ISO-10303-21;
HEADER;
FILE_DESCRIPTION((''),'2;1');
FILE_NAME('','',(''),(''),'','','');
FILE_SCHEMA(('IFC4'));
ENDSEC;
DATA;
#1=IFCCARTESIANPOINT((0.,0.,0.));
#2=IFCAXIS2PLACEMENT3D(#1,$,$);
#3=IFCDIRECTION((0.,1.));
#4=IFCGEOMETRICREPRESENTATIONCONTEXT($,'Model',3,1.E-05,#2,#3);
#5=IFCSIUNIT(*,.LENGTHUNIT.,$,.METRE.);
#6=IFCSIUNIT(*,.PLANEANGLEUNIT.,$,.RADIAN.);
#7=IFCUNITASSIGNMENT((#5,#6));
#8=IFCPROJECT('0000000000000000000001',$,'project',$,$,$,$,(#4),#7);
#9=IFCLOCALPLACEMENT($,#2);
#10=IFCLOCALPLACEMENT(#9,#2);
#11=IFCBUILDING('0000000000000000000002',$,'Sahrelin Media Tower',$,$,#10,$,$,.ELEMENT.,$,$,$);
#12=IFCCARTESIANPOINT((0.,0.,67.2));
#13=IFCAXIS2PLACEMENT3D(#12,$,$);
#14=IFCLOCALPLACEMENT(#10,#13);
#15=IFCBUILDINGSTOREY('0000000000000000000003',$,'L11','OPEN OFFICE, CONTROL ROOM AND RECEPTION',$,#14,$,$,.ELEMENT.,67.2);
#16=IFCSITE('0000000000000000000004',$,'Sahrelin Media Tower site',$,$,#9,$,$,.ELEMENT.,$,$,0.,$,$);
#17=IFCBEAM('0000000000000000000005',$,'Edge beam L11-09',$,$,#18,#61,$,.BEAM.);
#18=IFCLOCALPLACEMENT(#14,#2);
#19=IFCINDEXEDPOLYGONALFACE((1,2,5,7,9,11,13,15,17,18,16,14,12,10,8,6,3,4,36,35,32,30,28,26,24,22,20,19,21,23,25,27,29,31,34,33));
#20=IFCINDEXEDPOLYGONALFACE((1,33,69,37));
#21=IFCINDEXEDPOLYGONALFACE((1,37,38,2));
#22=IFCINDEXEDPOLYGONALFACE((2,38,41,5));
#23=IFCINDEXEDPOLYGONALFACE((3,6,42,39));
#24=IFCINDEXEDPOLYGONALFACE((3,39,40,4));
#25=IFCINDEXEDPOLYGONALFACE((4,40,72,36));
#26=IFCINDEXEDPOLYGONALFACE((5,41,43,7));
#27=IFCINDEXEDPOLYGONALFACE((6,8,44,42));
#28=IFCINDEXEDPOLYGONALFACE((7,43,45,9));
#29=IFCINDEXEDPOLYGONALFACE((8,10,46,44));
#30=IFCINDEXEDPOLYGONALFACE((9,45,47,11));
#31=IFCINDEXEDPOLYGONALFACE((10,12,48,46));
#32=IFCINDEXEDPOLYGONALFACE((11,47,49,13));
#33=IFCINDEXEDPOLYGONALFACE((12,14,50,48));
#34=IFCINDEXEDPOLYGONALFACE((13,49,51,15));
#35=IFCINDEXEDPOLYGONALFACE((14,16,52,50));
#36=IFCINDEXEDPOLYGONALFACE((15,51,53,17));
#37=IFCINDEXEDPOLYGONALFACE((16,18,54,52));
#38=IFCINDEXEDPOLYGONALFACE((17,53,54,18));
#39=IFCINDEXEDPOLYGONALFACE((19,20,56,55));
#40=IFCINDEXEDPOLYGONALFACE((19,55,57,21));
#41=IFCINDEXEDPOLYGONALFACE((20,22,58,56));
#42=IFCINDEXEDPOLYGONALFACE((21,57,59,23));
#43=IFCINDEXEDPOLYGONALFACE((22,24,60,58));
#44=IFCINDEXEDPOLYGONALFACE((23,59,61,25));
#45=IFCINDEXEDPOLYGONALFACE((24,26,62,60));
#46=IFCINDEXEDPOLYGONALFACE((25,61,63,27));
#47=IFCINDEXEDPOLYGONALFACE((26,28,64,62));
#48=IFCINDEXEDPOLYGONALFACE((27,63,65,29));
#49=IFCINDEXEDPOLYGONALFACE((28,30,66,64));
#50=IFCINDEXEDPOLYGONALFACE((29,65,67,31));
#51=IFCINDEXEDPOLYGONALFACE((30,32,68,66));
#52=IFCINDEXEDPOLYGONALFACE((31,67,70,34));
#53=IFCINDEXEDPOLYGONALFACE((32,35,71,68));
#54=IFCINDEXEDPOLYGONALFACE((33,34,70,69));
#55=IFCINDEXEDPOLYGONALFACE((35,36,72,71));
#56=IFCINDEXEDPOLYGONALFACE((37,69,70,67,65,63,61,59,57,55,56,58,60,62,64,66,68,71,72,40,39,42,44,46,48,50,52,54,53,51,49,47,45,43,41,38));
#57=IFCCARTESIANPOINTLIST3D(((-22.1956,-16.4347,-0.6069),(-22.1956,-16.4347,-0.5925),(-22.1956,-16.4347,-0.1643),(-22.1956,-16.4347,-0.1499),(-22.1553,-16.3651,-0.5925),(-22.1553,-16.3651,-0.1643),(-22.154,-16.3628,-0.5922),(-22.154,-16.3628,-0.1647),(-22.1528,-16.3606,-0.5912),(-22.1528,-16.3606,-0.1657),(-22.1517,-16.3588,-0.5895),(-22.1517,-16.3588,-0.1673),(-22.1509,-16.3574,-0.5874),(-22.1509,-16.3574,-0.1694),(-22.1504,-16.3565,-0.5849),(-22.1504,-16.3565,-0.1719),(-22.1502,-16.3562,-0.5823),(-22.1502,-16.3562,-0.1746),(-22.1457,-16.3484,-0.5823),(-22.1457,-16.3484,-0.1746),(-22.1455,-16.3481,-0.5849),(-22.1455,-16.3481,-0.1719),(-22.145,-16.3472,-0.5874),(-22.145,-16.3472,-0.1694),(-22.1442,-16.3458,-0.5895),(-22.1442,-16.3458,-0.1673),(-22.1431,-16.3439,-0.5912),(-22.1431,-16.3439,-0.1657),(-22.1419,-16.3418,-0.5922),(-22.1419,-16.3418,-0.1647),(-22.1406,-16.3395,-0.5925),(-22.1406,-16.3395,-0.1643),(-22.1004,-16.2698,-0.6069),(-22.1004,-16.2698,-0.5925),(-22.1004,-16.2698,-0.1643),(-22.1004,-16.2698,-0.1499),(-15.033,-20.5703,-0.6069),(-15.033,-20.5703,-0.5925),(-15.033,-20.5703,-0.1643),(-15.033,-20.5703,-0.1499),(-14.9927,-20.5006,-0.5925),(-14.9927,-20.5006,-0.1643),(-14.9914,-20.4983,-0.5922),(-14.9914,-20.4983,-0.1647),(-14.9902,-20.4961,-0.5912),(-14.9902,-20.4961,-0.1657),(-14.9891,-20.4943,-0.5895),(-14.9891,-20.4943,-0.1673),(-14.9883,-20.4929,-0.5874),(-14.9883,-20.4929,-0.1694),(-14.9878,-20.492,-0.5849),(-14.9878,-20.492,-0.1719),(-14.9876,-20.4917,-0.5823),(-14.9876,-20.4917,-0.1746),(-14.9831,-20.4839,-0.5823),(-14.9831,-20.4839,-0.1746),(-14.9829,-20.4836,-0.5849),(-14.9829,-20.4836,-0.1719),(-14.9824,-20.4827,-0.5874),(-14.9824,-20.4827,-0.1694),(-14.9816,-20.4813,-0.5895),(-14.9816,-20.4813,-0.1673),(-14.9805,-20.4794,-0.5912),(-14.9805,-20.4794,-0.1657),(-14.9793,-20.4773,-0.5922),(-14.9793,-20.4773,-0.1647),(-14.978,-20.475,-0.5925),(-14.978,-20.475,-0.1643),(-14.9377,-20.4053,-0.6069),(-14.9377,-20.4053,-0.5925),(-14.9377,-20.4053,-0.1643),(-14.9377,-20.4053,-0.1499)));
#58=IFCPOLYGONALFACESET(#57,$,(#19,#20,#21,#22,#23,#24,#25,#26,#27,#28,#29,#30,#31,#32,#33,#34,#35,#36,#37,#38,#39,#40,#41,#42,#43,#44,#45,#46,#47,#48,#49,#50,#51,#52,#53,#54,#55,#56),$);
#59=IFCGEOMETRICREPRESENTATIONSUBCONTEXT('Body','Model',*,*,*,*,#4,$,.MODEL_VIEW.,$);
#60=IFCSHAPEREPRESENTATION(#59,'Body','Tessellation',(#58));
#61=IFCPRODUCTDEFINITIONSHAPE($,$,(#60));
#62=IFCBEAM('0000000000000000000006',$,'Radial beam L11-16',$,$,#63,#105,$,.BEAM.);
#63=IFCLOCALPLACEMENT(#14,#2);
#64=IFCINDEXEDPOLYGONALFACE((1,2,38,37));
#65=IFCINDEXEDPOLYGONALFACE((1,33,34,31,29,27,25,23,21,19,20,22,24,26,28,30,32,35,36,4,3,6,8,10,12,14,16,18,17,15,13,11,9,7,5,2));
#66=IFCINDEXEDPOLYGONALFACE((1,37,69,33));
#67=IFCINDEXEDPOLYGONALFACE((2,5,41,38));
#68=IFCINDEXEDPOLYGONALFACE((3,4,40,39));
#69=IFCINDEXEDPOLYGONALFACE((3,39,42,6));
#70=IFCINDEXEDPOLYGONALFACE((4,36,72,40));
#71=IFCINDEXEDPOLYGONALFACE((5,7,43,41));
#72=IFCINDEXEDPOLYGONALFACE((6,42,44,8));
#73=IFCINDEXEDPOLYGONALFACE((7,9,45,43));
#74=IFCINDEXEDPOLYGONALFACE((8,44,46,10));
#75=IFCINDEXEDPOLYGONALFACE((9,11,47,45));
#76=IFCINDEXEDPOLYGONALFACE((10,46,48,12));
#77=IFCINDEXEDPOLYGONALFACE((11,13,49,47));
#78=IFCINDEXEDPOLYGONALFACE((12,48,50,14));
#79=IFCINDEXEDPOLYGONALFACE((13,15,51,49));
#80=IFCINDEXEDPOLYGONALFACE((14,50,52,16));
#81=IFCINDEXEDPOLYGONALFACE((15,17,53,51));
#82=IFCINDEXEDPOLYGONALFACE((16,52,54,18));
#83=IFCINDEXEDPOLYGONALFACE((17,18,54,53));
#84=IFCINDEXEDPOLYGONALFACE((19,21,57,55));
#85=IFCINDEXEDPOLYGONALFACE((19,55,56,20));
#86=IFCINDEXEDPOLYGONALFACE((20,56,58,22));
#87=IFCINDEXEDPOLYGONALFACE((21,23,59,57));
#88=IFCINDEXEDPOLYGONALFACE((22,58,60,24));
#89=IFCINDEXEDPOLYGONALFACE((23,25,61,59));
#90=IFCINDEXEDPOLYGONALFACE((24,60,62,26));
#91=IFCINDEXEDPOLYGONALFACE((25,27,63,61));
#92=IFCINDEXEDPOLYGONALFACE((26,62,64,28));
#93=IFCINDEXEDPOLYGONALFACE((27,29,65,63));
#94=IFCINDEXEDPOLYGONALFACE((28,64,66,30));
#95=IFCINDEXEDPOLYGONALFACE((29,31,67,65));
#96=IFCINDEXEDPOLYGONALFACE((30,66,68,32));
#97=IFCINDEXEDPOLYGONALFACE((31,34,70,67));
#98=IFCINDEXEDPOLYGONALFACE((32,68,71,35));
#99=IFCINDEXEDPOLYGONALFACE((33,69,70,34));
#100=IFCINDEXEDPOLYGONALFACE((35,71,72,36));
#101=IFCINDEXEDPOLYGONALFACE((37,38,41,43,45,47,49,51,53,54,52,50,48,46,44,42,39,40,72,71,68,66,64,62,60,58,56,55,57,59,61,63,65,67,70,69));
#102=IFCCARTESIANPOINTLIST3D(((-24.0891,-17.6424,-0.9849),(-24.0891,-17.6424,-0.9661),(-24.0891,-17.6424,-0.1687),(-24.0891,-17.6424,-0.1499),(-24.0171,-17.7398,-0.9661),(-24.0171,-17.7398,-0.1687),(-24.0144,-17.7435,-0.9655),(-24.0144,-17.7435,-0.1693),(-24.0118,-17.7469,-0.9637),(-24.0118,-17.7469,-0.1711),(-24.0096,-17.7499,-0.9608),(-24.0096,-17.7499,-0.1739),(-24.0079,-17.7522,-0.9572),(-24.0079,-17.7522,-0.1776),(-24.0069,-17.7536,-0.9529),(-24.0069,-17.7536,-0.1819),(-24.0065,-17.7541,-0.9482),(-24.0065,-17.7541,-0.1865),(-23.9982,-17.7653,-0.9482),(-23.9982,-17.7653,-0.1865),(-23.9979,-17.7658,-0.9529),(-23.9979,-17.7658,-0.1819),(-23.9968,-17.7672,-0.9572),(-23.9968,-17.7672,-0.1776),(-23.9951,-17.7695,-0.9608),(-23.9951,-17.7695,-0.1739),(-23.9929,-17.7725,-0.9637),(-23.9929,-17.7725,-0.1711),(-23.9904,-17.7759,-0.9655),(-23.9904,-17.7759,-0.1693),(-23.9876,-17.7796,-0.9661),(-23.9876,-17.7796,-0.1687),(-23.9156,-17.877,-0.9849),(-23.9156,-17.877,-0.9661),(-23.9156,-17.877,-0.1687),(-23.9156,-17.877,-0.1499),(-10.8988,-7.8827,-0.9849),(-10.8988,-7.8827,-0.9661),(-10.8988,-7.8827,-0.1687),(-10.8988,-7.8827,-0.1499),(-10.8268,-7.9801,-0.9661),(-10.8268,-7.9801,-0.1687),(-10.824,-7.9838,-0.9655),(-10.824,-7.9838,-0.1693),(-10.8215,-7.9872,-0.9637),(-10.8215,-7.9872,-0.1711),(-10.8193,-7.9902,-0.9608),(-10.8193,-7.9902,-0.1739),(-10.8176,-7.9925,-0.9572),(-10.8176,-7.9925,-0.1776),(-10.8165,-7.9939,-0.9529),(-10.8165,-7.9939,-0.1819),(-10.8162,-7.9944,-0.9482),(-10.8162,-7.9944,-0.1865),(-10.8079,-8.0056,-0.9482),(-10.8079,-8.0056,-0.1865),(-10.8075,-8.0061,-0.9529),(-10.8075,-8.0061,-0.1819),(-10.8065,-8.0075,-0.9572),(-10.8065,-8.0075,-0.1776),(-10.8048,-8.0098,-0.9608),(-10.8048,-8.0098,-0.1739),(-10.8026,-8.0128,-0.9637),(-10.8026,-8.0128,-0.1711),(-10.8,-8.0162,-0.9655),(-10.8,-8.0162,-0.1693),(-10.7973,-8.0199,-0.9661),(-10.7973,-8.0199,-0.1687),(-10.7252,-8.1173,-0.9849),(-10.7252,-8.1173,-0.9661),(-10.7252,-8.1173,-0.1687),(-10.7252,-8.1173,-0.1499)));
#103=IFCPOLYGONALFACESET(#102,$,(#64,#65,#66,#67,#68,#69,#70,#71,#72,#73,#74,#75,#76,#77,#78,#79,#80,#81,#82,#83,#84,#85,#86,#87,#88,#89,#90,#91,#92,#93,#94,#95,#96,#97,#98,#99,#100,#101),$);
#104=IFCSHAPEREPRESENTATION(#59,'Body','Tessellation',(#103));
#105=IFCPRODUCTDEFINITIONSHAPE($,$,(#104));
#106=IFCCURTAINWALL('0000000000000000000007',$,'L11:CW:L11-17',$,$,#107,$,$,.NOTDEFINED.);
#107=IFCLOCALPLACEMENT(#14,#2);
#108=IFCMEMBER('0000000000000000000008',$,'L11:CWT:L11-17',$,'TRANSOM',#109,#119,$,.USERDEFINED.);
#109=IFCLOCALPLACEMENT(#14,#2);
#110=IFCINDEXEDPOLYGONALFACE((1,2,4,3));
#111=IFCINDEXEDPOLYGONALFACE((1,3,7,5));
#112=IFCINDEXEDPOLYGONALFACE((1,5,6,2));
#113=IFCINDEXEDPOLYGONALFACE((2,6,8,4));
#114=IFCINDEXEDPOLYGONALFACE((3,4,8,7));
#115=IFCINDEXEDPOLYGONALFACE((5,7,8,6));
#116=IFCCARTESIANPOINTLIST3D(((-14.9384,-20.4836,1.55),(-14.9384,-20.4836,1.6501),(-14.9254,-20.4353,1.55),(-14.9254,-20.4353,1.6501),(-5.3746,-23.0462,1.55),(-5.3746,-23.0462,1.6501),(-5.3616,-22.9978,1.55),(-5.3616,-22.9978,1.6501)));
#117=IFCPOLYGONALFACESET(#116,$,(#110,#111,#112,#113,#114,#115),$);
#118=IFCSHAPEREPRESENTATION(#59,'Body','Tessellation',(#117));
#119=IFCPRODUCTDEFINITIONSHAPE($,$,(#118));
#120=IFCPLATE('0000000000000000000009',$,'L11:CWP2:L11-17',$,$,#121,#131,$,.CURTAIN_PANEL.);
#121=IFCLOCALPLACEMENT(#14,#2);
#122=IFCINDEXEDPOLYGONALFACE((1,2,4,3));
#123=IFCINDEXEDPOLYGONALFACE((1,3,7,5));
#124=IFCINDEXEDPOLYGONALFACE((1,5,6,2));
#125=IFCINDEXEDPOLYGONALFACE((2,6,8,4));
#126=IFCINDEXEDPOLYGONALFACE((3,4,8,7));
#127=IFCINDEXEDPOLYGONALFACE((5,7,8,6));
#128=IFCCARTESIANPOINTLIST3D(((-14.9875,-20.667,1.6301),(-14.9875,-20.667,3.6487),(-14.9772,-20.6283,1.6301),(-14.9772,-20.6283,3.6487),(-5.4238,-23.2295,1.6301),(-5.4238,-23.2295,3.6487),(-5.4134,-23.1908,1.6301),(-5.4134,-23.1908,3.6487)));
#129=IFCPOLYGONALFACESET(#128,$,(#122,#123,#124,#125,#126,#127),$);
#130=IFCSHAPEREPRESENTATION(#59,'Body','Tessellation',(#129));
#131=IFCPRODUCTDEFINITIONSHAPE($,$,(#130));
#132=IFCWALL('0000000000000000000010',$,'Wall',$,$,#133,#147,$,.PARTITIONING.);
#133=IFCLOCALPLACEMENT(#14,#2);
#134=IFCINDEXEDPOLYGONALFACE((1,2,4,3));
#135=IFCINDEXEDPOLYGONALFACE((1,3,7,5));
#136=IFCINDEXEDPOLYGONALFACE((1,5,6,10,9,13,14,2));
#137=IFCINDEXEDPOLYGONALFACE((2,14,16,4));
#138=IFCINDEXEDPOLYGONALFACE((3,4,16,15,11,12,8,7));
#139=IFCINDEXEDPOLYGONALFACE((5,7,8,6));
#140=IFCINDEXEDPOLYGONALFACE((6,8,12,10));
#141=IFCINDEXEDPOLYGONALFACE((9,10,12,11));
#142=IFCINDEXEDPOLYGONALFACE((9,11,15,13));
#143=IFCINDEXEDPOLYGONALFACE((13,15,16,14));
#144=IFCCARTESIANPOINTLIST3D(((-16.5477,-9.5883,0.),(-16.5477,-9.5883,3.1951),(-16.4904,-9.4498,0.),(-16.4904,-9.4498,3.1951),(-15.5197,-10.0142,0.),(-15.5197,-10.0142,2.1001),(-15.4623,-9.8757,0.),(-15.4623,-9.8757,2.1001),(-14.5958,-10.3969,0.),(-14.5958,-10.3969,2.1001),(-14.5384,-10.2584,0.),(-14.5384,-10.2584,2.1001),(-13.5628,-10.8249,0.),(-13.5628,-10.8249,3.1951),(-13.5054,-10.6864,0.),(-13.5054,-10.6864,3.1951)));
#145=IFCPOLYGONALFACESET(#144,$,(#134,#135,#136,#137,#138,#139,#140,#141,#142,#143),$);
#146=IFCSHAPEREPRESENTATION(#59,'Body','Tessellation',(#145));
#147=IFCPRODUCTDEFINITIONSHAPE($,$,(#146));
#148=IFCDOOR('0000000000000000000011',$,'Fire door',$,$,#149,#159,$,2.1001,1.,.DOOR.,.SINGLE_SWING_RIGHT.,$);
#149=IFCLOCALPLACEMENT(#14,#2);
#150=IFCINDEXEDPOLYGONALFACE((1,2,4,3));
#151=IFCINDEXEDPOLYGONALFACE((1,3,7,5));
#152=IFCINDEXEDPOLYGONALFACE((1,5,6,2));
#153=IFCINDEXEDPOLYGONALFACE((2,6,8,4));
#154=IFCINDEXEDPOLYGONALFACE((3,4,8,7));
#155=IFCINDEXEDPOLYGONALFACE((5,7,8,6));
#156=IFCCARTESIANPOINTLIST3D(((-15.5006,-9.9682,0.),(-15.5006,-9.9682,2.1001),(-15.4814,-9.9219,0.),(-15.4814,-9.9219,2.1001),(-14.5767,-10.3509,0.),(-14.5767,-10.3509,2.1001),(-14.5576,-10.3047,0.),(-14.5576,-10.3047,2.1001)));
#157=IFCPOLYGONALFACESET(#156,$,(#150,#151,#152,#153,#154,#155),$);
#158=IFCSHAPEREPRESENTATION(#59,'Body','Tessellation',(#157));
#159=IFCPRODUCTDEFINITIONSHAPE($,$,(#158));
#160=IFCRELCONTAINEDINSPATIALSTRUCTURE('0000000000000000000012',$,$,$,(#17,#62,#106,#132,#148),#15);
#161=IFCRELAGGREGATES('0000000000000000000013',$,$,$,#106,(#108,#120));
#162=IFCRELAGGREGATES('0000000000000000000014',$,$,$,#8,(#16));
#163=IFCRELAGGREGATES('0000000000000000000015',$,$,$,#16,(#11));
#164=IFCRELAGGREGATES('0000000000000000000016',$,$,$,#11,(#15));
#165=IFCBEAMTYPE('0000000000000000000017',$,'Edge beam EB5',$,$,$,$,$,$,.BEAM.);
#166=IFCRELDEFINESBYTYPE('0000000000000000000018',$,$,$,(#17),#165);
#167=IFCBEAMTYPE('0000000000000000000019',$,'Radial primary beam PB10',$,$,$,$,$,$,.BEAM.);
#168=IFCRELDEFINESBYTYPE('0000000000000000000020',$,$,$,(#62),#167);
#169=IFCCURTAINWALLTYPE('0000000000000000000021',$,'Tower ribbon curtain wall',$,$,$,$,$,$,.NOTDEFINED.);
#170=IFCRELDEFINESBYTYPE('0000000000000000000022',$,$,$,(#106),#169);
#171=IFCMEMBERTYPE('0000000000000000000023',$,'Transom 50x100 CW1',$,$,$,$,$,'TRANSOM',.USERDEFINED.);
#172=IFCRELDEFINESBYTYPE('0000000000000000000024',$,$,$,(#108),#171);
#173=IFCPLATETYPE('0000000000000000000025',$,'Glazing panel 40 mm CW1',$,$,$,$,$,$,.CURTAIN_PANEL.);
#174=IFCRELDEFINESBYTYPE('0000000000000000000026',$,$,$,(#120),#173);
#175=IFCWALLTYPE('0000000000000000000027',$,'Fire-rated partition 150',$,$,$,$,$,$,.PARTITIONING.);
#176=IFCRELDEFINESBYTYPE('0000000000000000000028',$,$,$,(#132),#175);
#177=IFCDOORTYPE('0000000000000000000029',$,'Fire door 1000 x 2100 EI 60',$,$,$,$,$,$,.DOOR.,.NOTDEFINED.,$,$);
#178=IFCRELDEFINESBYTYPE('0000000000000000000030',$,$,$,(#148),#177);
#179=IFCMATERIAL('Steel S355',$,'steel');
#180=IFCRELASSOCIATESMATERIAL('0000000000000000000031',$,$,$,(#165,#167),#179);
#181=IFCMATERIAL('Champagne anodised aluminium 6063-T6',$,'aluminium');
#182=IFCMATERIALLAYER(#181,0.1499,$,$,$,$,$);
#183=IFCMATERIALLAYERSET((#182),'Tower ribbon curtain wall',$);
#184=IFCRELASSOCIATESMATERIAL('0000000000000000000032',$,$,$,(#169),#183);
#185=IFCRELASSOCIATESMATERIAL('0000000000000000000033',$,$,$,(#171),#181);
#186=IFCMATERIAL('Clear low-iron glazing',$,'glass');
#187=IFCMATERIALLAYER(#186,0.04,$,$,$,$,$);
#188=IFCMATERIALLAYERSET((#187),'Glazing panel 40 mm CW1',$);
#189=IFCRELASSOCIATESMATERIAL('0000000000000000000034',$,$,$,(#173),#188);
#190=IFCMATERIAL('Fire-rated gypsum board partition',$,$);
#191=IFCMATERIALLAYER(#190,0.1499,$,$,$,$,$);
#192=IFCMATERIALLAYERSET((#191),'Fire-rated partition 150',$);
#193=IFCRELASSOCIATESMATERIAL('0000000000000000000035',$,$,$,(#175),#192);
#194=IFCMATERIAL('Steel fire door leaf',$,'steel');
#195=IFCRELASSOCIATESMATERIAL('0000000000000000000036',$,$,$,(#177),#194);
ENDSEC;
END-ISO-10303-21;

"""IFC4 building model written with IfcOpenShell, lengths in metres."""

from ifc_helpers import new_model, si_unit, direction, frame, frame_2d, origin, origin_2d, place, context, subcontext, project, spatial, polyline, rectangle, i_section, outline, extrude, material, layer, layer_set, material_profile, profile_set, type_object, element, fill, aggregate, save


model = new_model("IFC4")

# Units and contexts
model_context = context("Model", 3, precision=1e-05, world=origin(), true_north=direction((0.0, 1.0)))
body_context = subcontext(model_context, "Body", "Model", "MODEL_VIEW")
ifc_project = project(units=[si_unit("LENGTHUNIT", "METRE"), si_unit("PLANEANGLEUNIT", "RADIAN")], contexts=[model_context])

# Site, building, storey
site_placement = place(None, origin())
site = spatial("IfcSite", under=ifc_project, at=site_placement, Name="Sahrelin Media Tower site", CompositionType="ELEMENT", RefElevation=0.0)
building_placement = place(site_placement, origin())
building = spatial("IfcBuilding", under=site, at=building_placement, Name="Sahrelin Media Tower", CompositionType="ELEMENT")
storey_placement = place(building_placement, frame((0.0, 0.0, 67.2)))
storey = spatial("IfcBuildingStorey", under=building, at=storey_placement, Name="L11", Description="OPEN OFFICE, CONTROL ROOM AND RECEPTION", CompositionType="ELEMENT", Elevation=67.2)

# Beams
ifc_material_1 = material(Name="Steel S355", Category="steel")
ifc_material_profile_1 = material_profile(ifc_material_1, i_section(OverallWidth=0.1904, OverallDepth=0.457, WebThickness=0.009, FlangeThickness=0.0144, FilletRadius=0.0103, at=origin_2d()), Name="UB 457x191x74")
ifc_profile_set_1 = profile_set([ifc_material_profile_1], Name="Steel S355")
beam_type_1 = type_object("IfcBeamType", Name="Edge beam EB5", PredefinedType="BEAM", material=ifc_profile_set_1)
beam_1_placement = place(storey_placement, frame((-14.9854, -20.4878, -0.3784), z_axis=(-0.866016, 0.500015, 0.0), x_axis=(-0.500015, -0.866016, 0.0)))
element("IfcBeam", 1, at=beam_1_placement, inside=storey, type_object=beam_type_1, Name="Edge beam L11-09", PredefinedType="BEAM", context=body_context, shape_type="SweptSolid", body=[
    extrude(i_section(OverallWidth=0.1904, OverallDepth=0.457, WebThickness=0.009, FlangeThickness=0.0144, FilletRadius=0.0103, at=origin_2d()), origin(), (0.0, 0.0, 1.0), 8.2708),
])
ifc_material_profile_2 = material_profile(ifc_material_1, i_section(OverallWidth=0.2917, OverallDepth=0.835, WebThickness=0.0139, FlangeThickness=0.0188, FilletRadius=0.0178, at=origin_2d()), Name="UB 838x292x176")
ifc_profile_set_2 = profile_set([ifc_material_profile_2], Name="Steel S355")
beam_type_2 = type_object("IfcBeamType", Name="Radial primary beam PB10", PredefinedType="BEAM", material=ifc_profile_set_2)
beam_2_placement = place(storey_placement, frame((-10.812, -8.0, -0.5674), z_axis=(-0.803875, -0.594798, 0.0), x_axis=(0.594798, -0.803875, 0.0)))
element("IfcBeam", 2, at=beam_2_placement, inside=storey, type_object=beam_type_2, Name="Radial beam L11-16", PredefinedType="BEAM", context=body_context, shape_type="SweptSolid", body=[
    extrude(i_section(OverallWidth=0.2917, OverallDepth=0.835, WebThickness=0.0139, FlangeThickness=0.0188, FilletRadius=0.0178, at=origin_2d()), origin(), (0.0, 0.0, 1.0), 16.4084),
])

# Curtain wall, member, plate
ifc_material_2 = material(Name="Champagne anodised aluminium 6063-T6", Category="aluminium")
ifc_layer_1 = layer(ifc_material_2, 0.1499)
ifc_layer_set_1 = layer_set([ifc_layer_1], Name="Tower ribbon curtain wall")
curtain_wall_type = type_object("IfcCurtainWallType", Name="Tower ribbon curtain wall", PredefinedType="NOTDEFINED", material=ifc_layer_set_1)
curtain_wall_placement = place(storey_placement, frame((-10.2004, -21.929, 0.0), z_axis=(0.0, 0.0, 1.0), x_axis=(1.0, 0.0, 0.0)))
curtain_wall = element("IfcCurtainWall", 3, at=curtain_wall_placement, inside=storey, type_object=curtain_wall_type, Name="L11:CW:L11-17", PredefinedType="NOTDEFINED")
ifc_material_profile_3 = material_profile(ifc_material_2, rectangle(XDim=0.05, YDim=0.1001, at=origin_2d()), Name="Transom 50x100")
ifc_profile_set_3 = profile_set([ifc_material_profile_3], Name="Champagne anodised aluminium 6063-T6")
member_type = type_object("IfcMemberType", Name="Transom 50x100 CW1", ElementType="TRANSOM", PredefinedType="USERDEFINED", material=ifc_profile_set_3)
member_placement = place(storey_placement, frame((-14.9319, -20.4595, 1.6001), z_axis=(0.965928, -0.25881, 0.0), x_axis=(0.25881, 0.965928, 0.0)))
member = element("IfcMember", 4, at=member_placement, type_object=member_type, Name="L11:CWT:L11-17", ObjectType="TRANSOM", PredefinedType="USERDEFINED", context=body_context, shape_type="SweptSolid", body=[
    extrude(rectangle(XDim=0.05, YDim=0.1001, at=origin_2d()), origin(), (0.0, 0.0, 1.0), 9.9011),
])
ifc_material_3 = material(Name="Clear low-iron glazing", Category="glass")
ifc_layer_2 = layer(ifc_material_3, 0.04)
ifc_layer_set_2 = layer_set([ifc_layer_2], Name="Glazing panel 40 mm CW1")
plate_type = type_object("IfcPlateType", Name="Glazing panel 40 mm CW1", PredefinedType="CURTAIN_PANEL", material=ifc_layer_set_2)
plate_placement = place(storey_placement, frame((-14.9875, -20.667, 1.6301), z_axis=(-0.25881, -0.965928, 0.0), x_axis=(0.965928, -0.25881, 0.0)))
plate = element("IfcPlate", 5, at=plate_placement, type_object=plate_type, Name="L11:CWP2:L11-17", PredefinedType="CURTAIN_PANEL", context=body_context, shape_type="SweptSolid", body=[
    extrude(outline(polyline([(0.0, 0.0), (9.9011, 0.0), (9.9011, 2.0186), (0.0, 2.0186), (0.0, 0.0)])), origin(), (0.0, 0.0, -1.0), 0.04),
])
aggregate(curtain_wall, [member, plate])

# Wall, opening, door
ifc_material_4 = material(Name="Fire-rated gypsum board partition")
ifc_layer_3 = layer(ifc_material_4, 0.1499)
ifc_layer_set_3 = layer_set([ifc_layer_3], Name="Fire-rated partition 150")
wall_type_1 = type_object("IfcWallType", Name="Fire-rated partition 150", PredefinedType="PARTITIONING", material=ifc_layer_set_3)
wall_1_placement = place(storey_placement, frame((-16.519, -9.519, 0.0), z_axis=(0.0, 0.0, 1.0), x_axis=(0.923857, -0.382737, 0.0)))
wall_1 = element("IfcWall", 6, at=wall_1_placement, inside=storey, type_object=wall_type_1, Name="Wall", PredefinedType="PARTITIONING", context=body_context, shape_type="SweptSolid", body=[
    extrude(rectangle(XDim=3.231, YDim=0.1499, at=frame_2d((1.6155, 0.0))), origin(), (0.0, 0.0, 1.0), 3.1951),
])
opening_1_placement = place(wall_1_placement, frame((1.1128, 0.0, 0.0)))
opening_1 = element("IfcOpeningElement", 7, at=opening_1_placement, cuts=wall_1, PredefinedType="OPENING", context=body_context, shape_type="SweptSolid", body=[
    extrude(rectangle(XDim=1.0, YDim=2.1001, at=frame_2d((0.5, 1.05))), frame((0.0, 0.075, 0.0), z_axis=(0.0, -1.0, 0.0), x_axis=(1.0, 0.0, 0.0)), (0.0, 0.0, 1.0), 0.1499),
])
ifc_material_5 = material(Name="Steel fire door leaf", Category="steel")
door_type_1 = type_object("IfcDoorType", Name="Fire door 1000 x 2100 EI 60", OperationType="NOTDEFINED", PredefinedType="DOOR", material=ifc_material_5)
door_1_placement = place(opening_1_placement, origin())
door_1 = element("IfcDoor", 8, at=door_1_placement, inside=storey, type_object=door_type_1, Name="Fire door", OperationType="SINGLE_SWING_RIGHT", OverallHeight=2.1001, OverallWidth=1.0, PredefinedType="DOOR", context=body_context, shape_type="SweptSolid", body=[
    extrude(rectangle(XDim=1.0, YDim=2.1001, at=frame_2d((0.5, 1.05))), frame((0.0, 0.0249, 0.0), z_axis=(0.0, -1.0, 0.0), x_axis=(1.0, 0.0, 0.0)), (0.0, 0.0, 1.0), 0.05),
])
fill(opening_1, door_1)

save(model, "model.ifc")
